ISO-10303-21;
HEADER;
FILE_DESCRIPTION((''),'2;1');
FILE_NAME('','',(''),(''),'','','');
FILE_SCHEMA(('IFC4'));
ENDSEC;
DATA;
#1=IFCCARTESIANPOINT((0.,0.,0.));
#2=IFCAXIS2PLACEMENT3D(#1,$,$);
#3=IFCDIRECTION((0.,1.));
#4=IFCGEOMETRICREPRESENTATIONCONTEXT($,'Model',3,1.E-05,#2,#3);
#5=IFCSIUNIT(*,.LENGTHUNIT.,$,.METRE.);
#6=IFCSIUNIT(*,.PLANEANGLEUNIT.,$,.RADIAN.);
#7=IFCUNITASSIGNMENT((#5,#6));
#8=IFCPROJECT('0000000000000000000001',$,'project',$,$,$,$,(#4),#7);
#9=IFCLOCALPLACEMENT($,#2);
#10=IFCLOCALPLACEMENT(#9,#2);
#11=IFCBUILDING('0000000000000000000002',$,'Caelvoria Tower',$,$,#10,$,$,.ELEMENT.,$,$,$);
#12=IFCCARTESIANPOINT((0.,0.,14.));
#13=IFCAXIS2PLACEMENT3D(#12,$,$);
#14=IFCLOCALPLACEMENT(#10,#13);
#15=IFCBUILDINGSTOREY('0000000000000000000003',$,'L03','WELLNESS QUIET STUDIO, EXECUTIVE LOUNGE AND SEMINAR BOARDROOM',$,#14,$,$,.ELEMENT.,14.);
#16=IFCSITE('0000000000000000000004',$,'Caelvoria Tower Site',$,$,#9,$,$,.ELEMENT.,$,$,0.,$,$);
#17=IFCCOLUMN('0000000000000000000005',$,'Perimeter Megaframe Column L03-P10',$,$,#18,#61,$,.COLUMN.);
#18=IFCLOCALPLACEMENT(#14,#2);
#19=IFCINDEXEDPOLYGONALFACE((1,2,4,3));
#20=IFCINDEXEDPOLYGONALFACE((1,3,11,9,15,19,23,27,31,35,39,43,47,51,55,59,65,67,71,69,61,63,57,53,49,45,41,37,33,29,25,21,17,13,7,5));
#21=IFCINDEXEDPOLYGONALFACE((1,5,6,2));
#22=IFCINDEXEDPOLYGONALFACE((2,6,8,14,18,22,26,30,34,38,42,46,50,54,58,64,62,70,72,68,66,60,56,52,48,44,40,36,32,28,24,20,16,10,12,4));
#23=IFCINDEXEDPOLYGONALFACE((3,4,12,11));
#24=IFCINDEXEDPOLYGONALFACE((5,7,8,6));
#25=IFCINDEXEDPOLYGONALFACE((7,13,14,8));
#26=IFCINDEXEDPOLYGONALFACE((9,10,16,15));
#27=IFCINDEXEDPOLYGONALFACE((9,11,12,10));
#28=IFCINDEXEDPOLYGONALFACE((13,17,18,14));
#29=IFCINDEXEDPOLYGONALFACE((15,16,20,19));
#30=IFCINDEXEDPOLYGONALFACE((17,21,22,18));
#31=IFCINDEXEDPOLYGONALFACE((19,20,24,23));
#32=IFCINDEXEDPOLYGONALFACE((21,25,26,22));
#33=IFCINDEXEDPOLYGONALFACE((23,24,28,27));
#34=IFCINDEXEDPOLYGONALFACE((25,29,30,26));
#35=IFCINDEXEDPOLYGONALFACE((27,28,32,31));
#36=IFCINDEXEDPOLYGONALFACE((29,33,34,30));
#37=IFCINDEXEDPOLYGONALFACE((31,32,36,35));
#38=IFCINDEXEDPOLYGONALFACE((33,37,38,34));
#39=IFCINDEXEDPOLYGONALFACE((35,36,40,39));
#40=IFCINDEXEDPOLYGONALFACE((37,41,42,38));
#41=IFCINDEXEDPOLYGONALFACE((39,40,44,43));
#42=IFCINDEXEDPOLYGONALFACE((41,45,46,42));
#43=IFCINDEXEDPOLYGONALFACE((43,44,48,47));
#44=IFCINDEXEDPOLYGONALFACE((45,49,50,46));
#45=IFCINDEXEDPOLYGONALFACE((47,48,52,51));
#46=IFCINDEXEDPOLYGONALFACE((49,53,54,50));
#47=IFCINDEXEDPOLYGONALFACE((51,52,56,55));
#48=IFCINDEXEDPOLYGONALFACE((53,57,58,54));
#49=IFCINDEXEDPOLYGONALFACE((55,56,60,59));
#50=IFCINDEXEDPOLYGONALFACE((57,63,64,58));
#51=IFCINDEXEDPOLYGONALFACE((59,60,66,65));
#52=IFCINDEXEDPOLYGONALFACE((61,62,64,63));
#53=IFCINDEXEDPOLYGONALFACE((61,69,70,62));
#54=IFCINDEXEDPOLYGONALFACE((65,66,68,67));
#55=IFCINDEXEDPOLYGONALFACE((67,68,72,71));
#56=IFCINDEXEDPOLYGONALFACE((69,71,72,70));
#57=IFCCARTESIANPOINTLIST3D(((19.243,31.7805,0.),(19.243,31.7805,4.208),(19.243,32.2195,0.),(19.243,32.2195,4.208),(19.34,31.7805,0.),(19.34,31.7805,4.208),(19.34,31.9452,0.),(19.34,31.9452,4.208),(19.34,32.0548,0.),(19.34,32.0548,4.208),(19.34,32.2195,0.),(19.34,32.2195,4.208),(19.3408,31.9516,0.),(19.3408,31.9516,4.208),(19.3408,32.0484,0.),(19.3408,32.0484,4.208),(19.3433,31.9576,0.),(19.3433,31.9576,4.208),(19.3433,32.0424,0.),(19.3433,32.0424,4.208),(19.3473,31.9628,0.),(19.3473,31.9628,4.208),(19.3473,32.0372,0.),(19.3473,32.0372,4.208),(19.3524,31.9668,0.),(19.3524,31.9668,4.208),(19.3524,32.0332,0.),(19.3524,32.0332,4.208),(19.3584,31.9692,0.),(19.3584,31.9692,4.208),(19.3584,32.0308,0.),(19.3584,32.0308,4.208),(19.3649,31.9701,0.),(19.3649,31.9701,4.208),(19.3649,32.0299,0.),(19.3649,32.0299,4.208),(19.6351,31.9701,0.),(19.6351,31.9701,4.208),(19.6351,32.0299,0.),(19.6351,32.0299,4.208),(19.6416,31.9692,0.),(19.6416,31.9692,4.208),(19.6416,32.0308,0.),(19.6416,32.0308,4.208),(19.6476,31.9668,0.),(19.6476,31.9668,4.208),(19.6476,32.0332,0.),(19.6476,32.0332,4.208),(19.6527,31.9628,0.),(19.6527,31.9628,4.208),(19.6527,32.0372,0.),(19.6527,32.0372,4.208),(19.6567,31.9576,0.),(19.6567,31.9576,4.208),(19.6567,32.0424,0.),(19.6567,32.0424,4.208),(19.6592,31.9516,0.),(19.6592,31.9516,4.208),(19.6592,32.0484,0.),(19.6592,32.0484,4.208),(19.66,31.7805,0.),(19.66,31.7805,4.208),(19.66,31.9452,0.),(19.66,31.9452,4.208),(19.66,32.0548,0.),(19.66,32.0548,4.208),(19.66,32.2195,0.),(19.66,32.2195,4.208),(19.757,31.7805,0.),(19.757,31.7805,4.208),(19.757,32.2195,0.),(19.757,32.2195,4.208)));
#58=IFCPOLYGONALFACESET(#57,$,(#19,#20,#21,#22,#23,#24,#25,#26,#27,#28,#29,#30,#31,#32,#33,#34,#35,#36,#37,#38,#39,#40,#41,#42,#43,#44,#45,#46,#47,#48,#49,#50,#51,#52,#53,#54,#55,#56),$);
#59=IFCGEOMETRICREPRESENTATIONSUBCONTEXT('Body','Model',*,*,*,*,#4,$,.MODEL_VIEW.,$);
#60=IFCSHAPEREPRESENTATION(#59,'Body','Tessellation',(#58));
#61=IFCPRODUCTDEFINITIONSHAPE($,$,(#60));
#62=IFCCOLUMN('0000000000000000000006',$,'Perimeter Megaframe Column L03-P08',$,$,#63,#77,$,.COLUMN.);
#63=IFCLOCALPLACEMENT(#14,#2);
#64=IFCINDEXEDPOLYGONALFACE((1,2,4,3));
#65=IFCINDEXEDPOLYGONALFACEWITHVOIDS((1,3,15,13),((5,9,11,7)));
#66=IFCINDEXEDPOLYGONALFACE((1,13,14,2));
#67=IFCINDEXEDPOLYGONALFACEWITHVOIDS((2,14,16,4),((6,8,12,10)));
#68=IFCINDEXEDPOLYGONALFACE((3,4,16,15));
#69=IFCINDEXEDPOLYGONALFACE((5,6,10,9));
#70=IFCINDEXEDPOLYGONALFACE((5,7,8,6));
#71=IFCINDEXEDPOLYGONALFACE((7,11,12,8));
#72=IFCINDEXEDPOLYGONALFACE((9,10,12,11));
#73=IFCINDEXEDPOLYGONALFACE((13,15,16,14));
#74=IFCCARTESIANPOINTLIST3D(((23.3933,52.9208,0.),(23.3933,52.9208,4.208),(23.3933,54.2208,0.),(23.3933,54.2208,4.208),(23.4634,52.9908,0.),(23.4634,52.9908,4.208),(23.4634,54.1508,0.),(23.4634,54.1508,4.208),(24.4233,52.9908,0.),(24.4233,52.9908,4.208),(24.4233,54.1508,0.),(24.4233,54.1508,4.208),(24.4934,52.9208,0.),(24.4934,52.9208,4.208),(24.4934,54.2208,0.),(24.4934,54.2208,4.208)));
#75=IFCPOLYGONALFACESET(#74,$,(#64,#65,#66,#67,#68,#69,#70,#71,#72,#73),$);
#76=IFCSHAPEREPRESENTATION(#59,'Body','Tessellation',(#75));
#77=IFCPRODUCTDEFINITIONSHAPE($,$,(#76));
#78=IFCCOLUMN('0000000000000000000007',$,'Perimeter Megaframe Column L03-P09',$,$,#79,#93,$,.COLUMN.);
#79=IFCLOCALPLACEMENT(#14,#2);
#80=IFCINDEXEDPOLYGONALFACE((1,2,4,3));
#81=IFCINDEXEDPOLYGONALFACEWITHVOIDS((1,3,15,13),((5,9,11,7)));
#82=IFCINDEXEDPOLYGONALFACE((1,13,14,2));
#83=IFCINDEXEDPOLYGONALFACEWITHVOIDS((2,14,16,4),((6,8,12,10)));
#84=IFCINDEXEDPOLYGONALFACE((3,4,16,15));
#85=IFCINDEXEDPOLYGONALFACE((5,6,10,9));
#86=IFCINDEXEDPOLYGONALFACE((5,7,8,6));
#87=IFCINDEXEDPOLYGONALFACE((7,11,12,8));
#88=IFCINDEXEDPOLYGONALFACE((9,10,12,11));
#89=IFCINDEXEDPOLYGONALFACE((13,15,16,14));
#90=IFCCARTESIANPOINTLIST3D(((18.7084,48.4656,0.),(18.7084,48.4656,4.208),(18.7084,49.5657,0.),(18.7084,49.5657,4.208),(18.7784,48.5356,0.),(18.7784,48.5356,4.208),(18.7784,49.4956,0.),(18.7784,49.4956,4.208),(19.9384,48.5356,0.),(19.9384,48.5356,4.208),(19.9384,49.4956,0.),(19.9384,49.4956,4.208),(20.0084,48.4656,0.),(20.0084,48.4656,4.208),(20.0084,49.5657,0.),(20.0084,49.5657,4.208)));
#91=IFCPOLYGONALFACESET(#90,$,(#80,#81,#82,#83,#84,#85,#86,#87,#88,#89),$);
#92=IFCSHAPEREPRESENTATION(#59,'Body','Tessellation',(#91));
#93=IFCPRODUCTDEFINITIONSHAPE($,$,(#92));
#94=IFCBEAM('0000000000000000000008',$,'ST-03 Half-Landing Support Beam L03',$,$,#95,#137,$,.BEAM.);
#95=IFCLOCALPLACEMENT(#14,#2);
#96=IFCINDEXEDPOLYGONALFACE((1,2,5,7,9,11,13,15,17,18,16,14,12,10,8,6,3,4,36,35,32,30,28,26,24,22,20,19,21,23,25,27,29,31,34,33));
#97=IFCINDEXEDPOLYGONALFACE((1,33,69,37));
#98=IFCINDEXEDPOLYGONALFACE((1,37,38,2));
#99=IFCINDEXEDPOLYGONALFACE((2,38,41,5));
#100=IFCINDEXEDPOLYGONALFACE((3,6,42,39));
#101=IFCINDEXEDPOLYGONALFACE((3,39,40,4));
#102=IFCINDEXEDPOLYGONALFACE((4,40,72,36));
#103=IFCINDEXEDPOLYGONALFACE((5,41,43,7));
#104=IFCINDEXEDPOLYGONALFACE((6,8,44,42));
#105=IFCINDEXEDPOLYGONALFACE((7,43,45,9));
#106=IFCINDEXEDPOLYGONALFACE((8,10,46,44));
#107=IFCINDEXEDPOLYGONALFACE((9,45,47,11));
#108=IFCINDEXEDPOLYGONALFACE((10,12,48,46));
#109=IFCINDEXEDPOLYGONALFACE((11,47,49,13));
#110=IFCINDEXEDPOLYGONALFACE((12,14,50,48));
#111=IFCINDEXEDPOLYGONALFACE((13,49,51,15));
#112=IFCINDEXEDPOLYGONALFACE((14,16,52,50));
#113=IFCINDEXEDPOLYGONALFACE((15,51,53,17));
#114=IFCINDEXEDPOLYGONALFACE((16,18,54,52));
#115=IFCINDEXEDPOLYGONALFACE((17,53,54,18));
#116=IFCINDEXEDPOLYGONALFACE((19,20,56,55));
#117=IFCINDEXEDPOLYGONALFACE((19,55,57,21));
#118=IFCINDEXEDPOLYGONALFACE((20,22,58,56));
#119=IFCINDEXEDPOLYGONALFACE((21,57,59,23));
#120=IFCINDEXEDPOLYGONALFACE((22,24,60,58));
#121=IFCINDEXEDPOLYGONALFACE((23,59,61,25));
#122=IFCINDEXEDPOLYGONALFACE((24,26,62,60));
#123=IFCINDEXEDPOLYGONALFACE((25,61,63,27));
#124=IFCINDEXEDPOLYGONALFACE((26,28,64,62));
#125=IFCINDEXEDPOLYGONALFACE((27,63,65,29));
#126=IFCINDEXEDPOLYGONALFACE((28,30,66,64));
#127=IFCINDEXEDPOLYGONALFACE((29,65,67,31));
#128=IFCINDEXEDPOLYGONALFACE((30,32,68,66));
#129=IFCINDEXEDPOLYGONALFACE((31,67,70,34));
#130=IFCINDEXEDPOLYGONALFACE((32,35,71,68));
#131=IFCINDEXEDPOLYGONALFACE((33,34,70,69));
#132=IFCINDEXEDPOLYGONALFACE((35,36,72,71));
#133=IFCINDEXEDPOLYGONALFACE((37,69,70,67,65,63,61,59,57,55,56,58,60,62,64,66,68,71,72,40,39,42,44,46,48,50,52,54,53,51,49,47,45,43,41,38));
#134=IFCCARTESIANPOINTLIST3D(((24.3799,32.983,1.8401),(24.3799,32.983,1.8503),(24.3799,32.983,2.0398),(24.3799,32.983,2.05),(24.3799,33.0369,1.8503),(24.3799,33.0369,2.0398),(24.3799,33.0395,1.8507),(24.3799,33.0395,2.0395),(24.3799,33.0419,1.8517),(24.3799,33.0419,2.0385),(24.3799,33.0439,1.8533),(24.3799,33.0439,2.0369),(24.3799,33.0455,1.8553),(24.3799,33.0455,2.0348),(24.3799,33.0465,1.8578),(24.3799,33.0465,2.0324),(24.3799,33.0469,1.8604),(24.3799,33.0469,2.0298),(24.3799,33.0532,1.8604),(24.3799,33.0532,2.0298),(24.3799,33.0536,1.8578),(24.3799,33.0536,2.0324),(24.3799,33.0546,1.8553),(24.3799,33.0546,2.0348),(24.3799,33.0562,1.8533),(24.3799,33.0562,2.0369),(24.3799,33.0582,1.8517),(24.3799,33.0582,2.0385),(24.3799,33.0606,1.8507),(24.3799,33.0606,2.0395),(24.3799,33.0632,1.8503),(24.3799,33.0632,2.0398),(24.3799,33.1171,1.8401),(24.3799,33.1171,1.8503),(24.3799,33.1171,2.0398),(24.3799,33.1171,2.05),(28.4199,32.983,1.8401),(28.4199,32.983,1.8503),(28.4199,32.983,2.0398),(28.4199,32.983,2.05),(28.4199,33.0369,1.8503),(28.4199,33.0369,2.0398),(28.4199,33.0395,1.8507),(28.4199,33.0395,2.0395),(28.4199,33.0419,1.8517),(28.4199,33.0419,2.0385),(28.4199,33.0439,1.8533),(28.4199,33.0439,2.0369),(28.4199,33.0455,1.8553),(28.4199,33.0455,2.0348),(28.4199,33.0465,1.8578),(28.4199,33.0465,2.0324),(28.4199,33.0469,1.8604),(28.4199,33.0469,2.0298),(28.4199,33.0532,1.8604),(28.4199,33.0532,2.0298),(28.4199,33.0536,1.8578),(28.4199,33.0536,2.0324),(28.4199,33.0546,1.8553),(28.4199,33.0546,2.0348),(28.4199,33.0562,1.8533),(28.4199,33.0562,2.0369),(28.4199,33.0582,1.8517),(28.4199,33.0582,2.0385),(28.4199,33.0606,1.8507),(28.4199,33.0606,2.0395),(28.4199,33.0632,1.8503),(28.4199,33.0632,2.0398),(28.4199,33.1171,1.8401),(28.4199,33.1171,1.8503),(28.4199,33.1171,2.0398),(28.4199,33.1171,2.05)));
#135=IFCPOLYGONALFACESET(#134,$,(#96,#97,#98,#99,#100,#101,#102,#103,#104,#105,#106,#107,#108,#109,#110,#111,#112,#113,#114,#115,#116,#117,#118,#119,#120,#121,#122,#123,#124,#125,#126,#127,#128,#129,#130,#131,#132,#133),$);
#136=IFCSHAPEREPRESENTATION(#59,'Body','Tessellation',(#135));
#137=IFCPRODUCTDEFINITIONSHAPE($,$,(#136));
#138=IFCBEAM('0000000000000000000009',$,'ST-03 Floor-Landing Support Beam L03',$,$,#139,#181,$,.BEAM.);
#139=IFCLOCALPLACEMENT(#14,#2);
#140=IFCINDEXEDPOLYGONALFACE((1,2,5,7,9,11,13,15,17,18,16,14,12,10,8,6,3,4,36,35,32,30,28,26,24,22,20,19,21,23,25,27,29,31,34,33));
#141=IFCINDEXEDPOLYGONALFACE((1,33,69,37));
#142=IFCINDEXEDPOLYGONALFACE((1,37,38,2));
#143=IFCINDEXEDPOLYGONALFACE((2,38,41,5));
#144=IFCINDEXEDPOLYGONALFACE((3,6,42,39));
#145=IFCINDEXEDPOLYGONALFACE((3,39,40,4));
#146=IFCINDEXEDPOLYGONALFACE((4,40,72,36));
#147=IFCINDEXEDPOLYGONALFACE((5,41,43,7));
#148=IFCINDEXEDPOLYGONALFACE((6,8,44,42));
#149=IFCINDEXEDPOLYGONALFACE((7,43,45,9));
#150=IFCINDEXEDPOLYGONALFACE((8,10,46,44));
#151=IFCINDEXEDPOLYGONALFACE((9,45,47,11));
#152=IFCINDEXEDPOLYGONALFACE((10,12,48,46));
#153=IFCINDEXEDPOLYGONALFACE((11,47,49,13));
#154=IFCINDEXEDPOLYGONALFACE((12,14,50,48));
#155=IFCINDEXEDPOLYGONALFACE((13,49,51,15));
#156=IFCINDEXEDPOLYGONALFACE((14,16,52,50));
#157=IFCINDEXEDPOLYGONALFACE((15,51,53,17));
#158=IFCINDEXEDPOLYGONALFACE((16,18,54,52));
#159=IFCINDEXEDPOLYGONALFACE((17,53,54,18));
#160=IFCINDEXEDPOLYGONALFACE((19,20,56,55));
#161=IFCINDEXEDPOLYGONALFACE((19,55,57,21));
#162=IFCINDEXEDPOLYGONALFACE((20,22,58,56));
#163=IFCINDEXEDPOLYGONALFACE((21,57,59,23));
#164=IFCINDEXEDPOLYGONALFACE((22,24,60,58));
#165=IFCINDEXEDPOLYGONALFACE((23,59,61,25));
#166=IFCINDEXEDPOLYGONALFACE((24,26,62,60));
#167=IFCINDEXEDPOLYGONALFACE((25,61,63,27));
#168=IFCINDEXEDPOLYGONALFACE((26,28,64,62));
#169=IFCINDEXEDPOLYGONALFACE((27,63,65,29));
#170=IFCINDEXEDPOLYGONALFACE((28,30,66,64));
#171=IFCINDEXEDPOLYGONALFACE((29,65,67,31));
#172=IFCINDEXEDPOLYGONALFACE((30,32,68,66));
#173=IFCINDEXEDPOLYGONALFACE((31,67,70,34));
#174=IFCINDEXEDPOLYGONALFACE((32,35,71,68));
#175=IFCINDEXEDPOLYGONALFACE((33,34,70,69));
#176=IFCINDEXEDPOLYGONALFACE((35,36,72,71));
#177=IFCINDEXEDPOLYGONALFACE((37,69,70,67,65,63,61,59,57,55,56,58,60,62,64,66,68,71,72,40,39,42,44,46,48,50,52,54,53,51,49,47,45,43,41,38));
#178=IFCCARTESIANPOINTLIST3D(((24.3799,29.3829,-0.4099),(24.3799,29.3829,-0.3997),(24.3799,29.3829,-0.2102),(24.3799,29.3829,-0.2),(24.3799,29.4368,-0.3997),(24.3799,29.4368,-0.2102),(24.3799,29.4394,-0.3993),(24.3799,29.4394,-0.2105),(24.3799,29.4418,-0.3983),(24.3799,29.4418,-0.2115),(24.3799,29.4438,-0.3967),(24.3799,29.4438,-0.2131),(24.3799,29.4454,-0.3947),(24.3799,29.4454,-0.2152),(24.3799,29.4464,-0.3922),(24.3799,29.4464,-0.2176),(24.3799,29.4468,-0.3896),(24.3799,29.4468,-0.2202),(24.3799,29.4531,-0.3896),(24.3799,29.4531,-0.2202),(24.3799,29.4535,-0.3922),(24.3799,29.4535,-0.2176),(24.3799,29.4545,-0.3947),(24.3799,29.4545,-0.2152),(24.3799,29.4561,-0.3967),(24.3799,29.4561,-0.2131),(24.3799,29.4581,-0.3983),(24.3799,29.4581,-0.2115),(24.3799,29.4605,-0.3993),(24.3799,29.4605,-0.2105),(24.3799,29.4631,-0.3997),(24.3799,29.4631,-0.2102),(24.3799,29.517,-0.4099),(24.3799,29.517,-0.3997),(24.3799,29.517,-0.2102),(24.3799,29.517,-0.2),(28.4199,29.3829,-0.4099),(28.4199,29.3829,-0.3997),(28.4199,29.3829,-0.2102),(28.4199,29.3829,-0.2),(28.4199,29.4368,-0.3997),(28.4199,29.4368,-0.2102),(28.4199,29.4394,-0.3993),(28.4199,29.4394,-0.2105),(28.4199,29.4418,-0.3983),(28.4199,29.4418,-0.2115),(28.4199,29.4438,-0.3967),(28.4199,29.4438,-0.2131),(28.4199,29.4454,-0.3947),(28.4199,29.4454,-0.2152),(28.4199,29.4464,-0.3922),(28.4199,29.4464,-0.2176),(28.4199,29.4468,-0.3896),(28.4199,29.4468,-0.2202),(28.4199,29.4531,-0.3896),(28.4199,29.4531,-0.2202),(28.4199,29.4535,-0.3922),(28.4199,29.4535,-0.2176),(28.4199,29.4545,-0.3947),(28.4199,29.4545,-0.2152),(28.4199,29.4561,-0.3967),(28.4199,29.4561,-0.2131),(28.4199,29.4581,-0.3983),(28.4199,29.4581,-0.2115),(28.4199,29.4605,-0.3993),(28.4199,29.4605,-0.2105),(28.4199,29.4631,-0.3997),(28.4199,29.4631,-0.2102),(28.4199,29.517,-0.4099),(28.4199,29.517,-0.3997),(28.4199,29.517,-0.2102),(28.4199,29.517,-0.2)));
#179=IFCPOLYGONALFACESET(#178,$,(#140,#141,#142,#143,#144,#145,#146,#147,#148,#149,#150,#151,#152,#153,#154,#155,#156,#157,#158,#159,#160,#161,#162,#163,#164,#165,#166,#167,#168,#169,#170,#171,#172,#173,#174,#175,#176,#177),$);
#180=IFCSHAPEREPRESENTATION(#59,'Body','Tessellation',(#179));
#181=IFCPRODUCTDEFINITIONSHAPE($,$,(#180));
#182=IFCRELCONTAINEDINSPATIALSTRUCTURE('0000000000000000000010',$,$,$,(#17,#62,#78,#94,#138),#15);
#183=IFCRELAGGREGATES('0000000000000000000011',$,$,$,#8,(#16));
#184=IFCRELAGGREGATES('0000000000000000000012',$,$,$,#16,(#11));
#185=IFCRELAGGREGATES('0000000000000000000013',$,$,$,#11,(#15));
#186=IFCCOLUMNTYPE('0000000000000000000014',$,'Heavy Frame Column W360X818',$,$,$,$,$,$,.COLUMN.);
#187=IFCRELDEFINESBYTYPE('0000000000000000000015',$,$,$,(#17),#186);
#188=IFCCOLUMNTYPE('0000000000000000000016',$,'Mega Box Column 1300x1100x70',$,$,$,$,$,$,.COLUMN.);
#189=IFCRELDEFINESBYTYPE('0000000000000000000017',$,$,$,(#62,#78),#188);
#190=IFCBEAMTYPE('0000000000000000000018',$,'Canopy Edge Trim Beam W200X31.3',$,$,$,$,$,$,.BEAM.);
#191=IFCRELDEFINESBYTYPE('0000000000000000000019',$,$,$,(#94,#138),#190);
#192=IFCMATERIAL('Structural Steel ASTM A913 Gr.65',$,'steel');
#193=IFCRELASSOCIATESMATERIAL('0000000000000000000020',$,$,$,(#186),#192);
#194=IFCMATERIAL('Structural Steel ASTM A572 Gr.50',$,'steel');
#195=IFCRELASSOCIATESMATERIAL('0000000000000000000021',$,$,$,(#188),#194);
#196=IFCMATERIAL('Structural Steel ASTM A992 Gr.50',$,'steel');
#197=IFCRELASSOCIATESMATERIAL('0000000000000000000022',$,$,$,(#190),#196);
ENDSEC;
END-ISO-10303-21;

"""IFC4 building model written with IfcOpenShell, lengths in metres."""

from ifc_helpers import new_model, si_unit, direction, frame, origin, origin_2d, place, context, subcontext, project, spatial, hollow_rectangle, i_section, extrude, material, material_profile, profile_set, type_object, element, save


model = new_model("IFC4")

# Units and contexts
model_context = context("Model", 3, precision=1e-05, world=origin(), true_north=direction((0.0, 1.0)))
body_context = subcontext(model_context, "Body", "Model", "MODEL_VIEW")
ifc_project = project(units=[si_unit("LENGTHUNIT", "METRE"), si_unit("PLANEANGLEUNIT", "RADIAN")], contexts=[model_context])

# Site, building, storey
site_placement = place(None, origin())
site = spatial("IfcSite", under=ifc_project, at=site_placement, Name="Caelvoria Tower Site", CompositionType="ELEMENT", RefElevation=0.0)
building_placement = place(site_placement, origin())
building = spatial("IfcBuilding", under=site, at=building_placement, Name="Caelvoria Tower", CompositionType="ELEMENT")
storey_placement = place(building_placement, frame((0.0, 0.0, 14.0)))
storey = spatial("IfcBuildingStorey", under=building, at=storey_placement, Name="L03", Description="WELLNESS QUIET STUDIO, EXECUTIVE LOUNGE AND SEMINAR BOARDROOM", CompositionType="ELEMENT", Elevation=14.0)

# Columns
ifc_material_1 = material(Name="Structural Steel ASTM A913 Gr.65", Category="steel")
ifc_material_profile_1 = material_profile(ifc_material_1, i_section(OverallWidth=0.439, OverallDepth=0.5139, WebThickness=0.0598, FlangeThickness=0.0969, FilletRadius=0.0249, at=origin_2d()), Name="Structural Steel ASTM A913 Gr.65")
ifc_profile_set_1 = profile_set([ifc_material_profile_1], Name="W360X818 - Structural Steel ASTM A913 Gr.65")
column_type_1 = type_object("IfcColumnType", Name="Heavy Frame Column W360X818", PredefinedType="COLUMN", material=ifc_profile_set_1)
column_placement = place(storey_placement, frame((19.5, 32.0, 0.0), z_axis=(0.0, 0.0, 1.0), x_axis=(0.0, 1.0, 0.0)))
element("IfcColumn", 1, at=column_placement, inside=storey, type_object=column_type_1, Name="Perimeter Megaframe Column L03-P10", PredefinedType="COLUMN", context=body_context, shape_type="SweptSolid", body=[
    extrude(i_section(OverallWidth=0.439, OverallDepth=0.5139, WebThickness=0.0598, FlangeThickness=0.0969, FilletRadius=0.0249, at=origin_2d()), origin(), (0.0, 0.0, 1.0), 4.208),
])
ifc_material_2 = material(Name="Structural Steel ASTM A572 Gr.50", Category="steel")
ifc_material_profile_2 = material_profile(ifc_material_2, hollow_rectangle(XDim=1.1001, YDim=1.3, WallThickness=0.0701, at=origin_2d()), Name="Structural Steel ASTM A572 Gr.50")
ifc_profile_set_2 = profile_set([ifc_material_profile_2], Name="BOX1300X1100X70 - Structural Steel ASTM A572 Gr.50")
column_type_2 = type_object("IfcColumnType", Name="Mega Box Column 1300x1100x70", PredefinedType="COLUMN", material=ifc_profile_set_2)
for number, where, z_axis, x_axis, name in (
    (2, (23.9434, 53.5708, 0.0), (0.0, 0.0, 1.0), (1.0, 0.0, 0.0), "Perimeter Megaframe Column L03-P08"),
    (3, (19.3584, 49.0156, 0.0), (0.0, 0.0, 1.0), (0.0, 1.0, 0.0), "Perimeter Megaframe Column L03-P09"),
):
    element("IfcColumn", number, at=place(storey_placement, frame(where, z_axis=z_axis, x_axis=x_axis)), inside=storey, type_object=column_type_2, Name=name, PredefinedType="COLUMN", context=body_context, shape_type="SweptSolid", body=[
        extrude(hollow_rectangle(XDim=1.1001, YDim=1.3, WallThickness=0.0701, at=origin_2d()), origin(), (0.0, 0.0, 1.0), 4.208),
    ])

# Beams
ifc_material_3 = material(Name="Structural Steel ASTM A992 Gr.50", Category="steel")
ifc_material_profile_3 = material_profile(ifc_material_3, i_section(OverallWidth=0.134, OverallDepth=0.21, WebThickness=0.0063, FlangeThickness=0.0103, FilletRadius=0.01, at=origin_2d()), Name="Structural Steel ASTM A992 Gr.50")
ifc_profile_set_3 = profile_set([ifc_material_profile_3], Name="W200X31.3 - Structural Steel ASTM A992 Gr.50")
beam_type_1 = type_object("IfcBeamType", Name="Canopy Edge Trim Beam W200X31.3", PredefinedType="BEAM", material=ifc_profile_set_3)
for number, where, z_axis, x_axis, name in (
    (4, (24.3799, 33.05, 1.9451), (1.0, 0.0, 0.0), (0.0, 1.0, 0.0), "ST-03 Half-Landing Support Beam L03"),
    (5, (24.3799, 29.45, -0.3049), (1.0, 0.0, 0.0), (0.0, 1.0, 0.0), "ST-03 Floor-Landing Support Beam L03"),
):
    element("IfcBeam", number, at=place(storey_placement, frame(where, z_axis=z_axis, x_axis=x_axis)), inside=storey, type_object=beam_type_1, Name=name, PredefinedType="BEAM", context=body_context, shape_type="SweptSolid", body=[
        extrude(i_section(OverallWidth=0.134, OverallDepth=0.21, WebThickness=0.0063, FlangeThickness=0.0103, FilletRadius=0.01, at=origin_2d()), origin(), (0.0, 0.0, 1.0), 4.04),
    ])

save(model, "model.ifc")
